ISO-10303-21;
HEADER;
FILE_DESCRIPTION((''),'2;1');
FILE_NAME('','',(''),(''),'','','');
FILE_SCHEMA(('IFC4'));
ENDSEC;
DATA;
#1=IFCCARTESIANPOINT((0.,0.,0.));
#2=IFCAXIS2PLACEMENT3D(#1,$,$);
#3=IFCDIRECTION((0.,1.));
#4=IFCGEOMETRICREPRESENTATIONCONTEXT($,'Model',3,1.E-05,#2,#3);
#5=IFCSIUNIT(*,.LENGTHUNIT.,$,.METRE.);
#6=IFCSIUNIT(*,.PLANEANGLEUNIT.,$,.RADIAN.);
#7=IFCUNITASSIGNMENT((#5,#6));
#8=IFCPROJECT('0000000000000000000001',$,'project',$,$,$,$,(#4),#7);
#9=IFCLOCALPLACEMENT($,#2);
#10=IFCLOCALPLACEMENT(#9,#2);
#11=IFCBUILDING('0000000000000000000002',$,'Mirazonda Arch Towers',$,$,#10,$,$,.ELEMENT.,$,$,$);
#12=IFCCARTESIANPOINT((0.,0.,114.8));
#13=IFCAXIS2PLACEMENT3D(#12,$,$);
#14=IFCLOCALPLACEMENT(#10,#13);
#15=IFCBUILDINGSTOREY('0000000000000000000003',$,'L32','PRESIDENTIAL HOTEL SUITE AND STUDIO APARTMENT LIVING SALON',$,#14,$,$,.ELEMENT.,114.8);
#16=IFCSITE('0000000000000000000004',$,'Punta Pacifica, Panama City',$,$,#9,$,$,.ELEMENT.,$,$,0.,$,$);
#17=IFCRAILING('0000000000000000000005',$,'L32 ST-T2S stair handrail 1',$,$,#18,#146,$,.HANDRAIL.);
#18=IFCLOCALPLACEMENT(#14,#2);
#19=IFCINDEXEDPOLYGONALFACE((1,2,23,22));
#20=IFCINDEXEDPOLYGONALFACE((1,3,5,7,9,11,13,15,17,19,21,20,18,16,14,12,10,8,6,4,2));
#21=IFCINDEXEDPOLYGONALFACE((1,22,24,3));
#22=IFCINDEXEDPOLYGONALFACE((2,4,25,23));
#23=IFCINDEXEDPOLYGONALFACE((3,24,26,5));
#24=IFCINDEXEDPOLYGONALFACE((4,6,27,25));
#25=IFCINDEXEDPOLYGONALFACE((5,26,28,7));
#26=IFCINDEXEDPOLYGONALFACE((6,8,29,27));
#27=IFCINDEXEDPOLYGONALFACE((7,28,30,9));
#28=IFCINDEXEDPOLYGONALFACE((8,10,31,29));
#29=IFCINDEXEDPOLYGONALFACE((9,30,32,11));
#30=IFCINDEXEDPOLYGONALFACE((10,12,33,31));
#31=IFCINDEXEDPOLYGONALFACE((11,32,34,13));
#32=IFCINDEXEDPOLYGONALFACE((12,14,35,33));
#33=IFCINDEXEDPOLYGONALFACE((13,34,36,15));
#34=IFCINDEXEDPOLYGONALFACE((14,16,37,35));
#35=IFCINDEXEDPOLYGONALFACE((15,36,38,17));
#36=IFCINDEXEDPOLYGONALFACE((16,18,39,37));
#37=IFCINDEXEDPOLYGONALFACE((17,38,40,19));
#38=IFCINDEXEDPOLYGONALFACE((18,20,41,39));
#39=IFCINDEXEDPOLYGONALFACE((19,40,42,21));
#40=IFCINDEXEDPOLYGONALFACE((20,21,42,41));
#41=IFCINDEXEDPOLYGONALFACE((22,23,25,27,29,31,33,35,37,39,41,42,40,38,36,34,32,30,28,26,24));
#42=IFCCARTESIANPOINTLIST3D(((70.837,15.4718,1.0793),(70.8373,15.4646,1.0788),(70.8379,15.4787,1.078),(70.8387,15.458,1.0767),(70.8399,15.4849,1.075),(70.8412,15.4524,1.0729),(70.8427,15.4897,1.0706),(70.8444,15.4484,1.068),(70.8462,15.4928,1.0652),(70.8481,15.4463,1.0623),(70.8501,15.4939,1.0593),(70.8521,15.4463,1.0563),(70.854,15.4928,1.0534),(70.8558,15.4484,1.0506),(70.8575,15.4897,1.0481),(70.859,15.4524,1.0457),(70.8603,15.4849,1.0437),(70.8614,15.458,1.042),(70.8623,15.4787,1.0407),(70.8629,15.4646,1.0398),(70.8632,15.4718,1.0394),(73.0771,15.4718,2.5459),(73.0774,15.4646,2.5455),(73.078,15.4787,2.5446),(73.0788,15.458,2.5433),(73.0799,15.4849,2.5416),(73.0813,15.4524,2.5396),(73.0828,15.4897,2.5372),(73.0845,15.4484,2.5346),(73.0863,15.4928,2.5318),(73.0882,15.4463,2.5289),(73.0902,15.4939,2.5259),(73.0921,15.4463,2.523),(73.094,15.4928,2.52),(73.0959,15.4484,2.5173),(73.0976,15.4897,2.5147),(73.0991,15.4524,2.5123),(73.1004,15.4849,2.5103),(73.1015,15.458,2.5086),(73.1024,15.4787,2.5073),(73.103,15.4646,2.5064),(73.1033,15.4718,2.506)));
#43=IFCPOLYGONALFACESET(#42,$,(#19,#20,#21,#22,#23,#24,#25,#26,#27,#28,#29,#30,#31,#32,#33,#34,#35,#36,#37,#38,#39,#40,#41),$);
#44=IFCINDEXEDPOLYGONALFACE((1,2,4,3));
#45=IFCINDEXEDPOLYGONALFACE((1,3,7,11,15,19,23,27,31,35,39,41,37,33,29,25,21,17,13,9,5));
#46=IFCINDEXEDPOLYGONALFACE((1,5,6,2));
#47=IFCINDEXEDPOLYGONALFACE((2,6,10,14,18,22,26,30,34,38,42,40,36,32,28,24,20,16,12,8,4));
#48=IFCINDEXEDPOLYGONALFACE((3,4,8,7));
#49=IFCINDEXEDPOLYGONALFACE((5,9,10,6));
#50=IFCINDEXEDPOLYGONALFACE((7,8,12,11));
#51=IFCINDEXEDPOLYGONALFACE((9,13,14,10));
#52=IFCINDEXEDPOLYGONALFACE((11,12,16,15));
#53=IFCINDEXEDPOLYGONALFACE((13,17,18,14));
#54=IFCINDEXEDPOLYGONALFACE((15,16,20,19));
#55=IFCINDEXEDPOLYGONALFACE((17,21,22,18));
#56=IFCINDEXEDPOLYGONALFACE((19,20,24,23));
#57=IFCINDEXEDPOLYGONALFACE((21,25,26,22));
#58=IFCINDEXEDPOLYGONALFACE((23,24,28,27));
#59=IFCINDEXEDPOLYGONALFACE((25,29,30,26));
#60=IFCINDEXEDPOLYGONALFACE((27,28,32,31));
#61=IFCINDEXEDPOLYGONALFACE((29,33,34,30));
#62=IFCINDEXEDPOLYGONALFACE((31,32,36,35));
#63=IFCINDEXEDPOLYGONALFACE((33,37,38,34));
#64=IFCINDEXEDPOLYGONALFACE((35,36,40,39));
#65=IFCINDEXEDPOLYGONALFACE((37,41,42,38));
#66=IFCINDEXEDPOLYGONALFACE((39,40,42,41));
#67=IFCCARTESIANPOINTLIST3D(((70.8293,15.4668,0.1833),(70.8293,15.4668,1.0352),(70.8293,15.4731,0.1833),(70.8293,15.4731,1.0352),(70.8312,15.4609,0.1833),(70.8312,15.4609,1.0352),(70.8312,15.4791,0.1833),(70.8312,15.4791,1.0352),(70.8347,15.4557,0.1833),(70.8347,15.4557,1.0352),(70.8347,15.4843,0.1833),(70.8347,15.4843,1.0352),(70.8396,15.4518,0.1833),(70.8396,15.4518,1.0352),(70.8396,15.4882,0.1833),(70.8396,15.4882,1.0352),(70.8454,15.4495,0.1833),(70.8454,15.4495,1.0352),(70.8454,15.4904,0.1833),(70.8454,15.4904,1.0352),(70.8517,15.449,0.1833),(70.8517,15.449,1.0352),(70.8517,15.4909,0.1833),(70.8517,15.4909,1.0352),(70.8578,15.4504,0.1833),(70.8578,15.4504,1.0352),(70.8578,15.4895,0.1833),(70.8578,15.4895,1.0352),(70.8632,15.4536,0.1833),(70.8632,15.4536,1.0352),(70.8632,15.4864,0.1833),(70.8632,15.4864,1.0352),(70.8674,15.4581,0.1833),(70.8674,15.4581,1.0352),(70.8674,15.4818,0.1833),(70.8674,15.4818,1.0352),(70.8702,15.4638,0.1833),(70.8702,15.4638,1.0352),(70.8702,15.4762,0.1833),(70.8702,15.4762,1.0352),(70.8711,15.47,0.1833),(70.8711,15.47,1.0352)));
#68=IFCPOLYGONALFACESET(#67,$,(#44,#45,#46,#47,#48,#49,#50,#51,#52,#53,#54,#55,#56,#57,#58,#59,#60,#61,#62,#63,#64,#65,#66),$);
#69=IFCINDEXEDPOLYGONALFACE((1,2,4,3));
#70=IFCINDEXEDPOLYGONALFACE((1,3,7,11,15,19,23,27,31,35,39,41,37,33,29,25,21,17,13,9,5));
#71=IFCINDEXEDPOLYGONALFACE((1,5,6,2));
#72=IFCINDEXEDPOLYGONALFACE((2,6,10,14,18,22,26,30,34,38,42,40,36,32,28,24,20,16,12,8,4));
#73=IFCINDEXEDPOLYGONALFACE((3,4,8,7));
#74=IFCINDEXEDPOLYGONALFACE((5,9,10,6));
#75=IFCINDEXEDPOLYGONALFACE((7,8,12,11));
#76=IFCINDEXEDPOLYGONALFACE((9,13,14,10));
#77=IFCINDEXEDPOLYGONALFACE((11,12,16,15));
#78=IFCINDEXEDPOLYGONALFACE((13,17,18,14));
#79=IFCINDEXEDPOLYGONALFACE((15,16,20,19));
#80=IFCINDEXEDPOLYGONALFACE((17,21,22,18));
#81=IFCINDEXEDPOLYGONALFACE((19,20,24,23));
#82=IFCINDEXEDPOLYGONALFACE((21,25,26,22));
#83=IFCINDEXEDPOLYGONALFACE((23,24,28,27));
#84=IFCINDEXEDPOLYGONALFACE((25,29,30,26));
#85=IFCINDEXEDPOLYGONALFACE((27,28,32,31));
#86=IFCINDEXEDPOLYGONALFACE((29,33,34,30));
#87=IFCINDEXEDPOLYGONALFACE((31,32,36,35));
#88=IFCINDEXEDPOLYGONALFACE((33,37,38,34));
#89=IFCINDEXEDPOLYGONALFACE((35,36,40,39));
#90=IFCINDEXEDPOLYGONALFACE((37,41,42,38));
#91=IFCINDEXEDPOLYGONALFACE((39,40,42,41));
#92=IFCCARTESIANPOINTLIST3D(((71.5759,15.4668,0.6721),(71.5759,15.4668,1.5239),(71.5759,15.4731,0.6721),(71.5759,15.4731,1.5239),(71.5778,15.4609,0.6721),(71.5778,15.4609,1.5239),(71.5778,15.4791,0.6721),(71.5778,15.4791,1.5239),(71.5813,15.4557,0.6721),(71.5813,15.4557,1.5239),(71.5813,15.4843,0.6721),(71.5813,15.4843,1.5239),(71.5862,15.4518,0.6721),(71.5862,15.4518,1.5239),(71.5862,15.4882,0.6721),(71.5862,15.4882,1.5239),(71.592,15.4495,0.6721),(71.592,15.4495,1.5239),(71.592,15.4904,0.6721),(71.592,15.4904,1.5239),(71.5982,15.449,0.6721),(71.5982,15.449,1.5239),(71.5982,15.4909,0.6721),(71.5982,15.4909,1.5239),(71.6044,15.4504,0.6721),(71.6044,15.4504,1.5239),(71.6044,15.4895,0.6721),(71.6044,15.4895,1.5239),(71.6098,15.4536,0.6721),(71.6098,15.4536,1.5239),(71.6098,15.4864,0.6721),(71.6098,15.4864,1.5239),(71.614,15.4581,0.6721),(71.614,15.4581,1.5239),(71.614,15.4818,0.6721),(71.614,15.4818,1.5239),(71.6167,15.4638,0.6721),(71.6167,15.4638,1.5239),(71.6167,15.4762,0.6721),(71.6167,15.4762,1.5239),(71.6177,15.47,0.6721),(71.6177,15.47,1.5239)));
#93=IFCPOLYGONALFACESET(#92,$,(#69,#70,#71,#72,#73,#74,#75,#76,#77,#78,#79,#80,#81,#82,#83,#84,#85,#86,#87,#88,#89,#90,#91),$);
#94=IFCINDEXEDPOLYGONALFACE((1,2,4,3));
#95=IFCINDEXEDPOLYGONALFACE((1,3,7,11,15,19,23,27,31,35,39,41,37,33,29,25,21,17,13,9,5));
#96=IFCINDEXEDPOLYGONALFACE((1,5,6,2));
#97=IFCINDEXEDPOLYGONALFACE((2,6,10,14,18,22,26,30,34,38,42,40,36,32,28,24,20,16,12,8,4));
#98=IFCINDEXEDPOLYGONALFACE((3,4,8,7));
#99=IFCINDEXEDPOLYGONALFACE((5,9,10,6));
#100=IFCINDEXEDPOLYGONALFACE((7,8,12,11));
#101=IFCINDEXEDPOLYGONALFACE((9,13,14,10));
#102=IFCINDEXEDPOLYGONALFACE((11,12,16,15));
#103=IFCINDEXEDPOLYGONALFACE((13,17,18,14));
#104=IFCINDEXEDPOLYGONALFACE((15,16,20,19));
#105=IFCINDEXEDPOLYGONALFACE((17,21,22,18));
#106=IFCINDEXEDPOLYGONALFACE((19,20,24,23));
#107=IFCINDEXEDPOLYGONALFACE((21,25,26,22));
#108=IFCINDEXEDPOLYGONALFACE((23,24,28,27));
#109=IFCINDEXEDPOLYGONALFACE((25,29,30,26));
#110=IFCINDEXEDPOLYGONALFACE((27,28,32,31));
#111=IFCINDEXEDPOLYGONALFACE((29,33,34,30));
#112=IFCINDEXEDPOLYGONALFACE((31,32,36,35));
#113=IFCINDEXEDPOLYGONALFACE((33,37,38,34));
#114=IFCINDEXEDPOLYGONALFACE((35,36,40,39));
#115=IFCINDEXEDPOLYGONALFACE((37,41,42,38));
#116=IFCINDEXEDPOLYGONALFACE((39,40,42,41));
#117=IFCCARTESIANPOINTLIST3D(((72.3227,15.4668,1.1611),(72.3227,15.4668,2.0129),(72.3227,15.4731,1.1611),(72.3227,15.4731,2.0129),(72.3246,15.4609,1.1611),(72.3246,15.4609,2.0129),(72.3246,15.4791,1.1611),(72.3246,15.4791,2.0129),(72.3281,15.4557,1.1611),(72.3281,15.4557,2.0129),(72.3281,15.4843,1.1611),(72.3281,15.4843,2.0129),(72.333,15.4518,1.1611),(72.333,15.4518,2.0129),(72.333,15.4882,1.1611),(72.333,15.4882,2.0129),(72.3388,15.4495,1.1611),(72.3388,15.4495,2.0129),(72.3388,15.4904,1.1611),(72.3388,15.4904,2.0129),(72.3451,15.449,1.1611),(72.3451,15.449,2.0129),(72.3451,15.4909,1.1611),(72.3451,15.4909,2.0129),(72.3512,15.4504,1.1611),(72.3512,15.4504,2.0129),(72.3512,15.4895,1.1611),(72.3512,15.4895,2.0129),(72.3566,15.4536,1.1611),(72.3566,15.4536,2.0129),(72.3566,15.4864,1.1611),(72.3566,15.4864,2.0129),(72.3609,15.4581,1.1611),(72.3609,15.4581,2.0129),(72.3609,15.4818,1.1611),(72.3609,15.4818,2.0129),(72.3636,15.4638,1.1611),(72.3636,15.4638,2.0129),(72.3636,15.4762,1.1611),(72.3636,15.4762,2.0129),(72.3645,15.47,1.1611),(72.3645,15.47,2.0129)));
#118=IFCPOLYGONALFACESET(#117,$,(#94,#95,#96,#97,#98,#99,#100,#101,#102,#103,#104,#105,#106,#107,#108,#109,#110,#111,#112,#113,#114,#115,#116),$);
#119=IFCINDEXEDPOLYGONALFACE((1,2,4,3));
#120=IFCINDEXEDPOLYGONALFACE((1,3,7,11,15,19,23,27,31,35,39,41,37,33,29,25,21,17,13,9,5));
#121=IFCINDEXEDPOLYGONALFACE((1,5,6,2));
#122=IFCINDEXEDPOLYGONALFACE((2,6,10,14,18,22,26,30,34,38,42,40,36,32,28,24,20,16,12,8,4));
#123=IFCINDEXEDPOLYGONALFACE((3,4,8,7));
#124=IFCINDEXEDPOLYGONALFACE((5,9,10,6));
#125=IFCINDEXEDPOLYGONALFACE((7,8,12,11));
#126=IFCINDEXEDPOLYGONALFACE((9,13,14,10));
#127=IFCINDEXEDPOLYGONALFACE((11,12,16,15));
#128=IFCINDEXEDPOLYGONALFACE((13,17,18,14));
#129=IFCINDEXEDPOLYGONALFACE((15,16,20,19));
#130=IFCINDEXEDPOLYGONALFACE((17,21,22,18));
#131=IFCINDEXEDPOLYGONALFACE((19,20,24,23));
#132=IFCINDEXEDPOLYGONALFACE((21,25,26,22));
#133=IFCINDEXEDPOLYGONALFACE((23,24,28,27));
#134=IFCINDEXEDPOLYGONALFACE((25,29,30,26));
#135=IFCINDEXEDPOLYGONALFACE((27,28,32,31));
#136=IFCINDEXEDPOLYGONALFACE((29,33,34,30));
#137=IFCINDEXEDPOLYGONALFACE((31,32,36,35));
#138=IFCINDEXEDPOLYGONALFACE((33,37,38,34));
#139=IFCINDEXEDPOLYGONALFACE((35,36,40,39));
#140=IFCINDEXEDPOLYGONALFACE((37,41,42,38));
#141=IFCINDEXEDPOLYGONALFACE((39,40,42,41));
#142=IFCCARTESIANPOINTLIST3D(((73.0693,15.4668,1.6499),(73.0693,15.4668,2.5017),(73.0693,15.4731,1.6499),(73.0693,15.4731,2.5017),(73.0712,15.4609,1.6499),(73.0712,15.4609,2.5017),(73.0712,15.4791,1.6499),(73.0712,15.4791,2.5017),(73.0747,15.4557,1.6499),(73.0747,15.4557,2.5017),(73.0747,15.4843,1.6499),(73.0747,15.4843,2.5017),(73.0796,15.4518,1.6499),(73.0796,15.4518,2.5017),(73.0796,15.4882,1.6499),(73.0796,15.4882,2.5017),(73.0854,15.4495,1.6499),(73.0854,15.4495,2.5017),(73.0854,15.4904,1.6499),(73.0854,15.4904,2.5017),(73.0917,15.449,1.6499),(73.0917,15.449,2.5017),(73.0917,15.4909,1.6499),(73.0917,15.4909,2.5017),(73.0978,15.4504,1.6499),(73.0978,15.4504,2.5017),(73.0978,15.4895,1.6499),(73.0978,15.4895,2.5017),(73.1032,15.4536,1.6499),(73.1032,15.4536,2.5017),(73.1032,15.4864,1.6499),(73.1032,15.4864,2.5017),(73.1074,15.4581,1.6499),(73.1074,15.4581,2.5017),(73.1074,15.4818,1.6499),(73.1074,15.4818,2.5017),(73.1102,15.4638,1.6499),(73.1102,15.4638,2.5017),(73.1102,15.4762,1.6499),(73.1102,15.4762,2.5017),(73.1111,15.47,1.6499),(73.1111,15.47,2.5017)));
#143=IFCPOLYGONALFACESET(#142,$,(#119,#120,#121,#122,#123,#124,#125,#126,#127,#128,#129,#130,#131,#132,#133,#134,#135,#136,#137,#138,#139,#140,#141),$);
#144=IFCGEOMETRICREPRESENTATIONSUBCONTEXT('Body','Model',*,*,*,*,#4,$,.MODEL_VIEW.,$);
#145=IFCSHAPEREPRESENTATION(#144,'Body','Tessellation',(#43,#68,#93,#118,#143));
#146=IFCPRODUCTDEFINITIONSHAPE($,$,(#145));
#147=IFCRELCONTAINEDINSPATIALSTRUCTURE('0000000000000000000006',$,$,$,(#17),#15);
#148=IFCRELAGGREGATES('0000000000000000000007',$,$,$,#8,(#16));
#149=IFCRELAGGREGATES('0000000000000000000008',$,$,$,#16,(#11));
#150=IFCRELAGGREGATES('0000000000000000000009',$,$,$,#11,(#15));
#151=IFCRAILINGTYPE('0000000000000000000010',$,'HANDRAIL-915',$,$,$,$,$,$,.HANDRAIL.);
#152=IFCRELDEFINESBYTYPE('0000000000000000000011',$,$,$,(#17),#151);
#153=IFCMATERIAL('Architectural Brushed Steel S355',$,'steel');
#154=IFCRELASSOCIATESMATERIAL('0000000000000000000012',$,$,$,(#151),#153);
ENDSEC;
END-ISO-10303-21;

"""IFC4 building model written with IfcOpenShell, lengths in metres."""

from ifc_helpers import new_model, si_unit, direction, frame, origin, origin_2d, place, context, subcontext, project, spatial, circle, extrude, material, type_object, element, save


model = new_model("IFC4")

# Units and contexts
model_context = context("Model", 3, precision=1e-05, world=origin(), true_north=direction((0.0, 1.0)))
body_context = subcontext(model_context, "Body", "Model", "MODEL_VIEW")
ifc_project = project(units=[si_unit("LENGTHUNIT", "METRE"), si_unit("PLANEANGLEUNIT", "RADIAN")], contexts=[model_context])

# Site, building, storey
site_placement = place(None, origin())
site = spatial("IfcSite", under=ifc_project, at=site_placement, Name="Punta Pacifica, Panama City", CompositionType="ELEMENT", RefElevation=0.0)
building_placement = place(site_placement, origin())
building = spatial("IfcBuilding", under=site, at=building_placement, Name="Mirazonda Arch Towers", CompositionType="ELEMENT")
storey_placement = place(building_placement, frame((0.0, 0.0, 114.8)))
storey = spatial("IfcBuildingStorey", under=building, at=storey_placement, Name="L32", Description="PRESIDENTIAL HOTEL SUITE AND STUDIO APARTMENT LIVING SALON", CompositionType="ELEMENT", Elevation=114.8)

# Railing
ifc_material_1 = material(Name="Architectural Brushed Steel S355", Category="steel")
railing_type_1 = type_object("IfcRailingType", Name="HANDRAIL-915", PredefinedType="HANDRAIL", material=ifc_material_1)
railing_1_placement = place(storey_placement, frame((70.8501, 15.47, 0.1833)))
element("IfcRailing", 1, at=railing_1_placement, inside=storey, type_object=railing_type_1, Name="L32 ST-T2S stair handrail 1", PredefinedType="HANDRAIL", context=body_context, shape_type="SweptSolid", body=[
    extrude(circle(Radius=0.0239, at=origin_2d()), frame((0.0, 0.0, 0.876), z_axis=(0.836637, 0.0, 0.547758), x_axis=(0.0, 1.0, 0.0)), (0.0, 0.0, 1.0), 2.6775),
    extrude(circle(Radius=0.021, at=origin_2d()), origin(), (0.0, 0.0, 1.0), 0.8518),
    extrude(circle(Radius=0.021, at=origin_2d()), frame((0.7466, 0.0, 0.4888)), (0.0, 0.0, 1.0), 0.8518),
    extrude(circle(Radius=0.021, at=origin_2d()), frame((1.4934, 0.0, 0.9778)), (0.0, 0.0, 1.0), 0.8518),
    extrude(circle(Radius=0.021, at=origin_2d()), frame((2.24, 0.0, 1.4666)), (0.0, 0.0, 1.0), 0.8518),
])

save(model, "model.ifc")
